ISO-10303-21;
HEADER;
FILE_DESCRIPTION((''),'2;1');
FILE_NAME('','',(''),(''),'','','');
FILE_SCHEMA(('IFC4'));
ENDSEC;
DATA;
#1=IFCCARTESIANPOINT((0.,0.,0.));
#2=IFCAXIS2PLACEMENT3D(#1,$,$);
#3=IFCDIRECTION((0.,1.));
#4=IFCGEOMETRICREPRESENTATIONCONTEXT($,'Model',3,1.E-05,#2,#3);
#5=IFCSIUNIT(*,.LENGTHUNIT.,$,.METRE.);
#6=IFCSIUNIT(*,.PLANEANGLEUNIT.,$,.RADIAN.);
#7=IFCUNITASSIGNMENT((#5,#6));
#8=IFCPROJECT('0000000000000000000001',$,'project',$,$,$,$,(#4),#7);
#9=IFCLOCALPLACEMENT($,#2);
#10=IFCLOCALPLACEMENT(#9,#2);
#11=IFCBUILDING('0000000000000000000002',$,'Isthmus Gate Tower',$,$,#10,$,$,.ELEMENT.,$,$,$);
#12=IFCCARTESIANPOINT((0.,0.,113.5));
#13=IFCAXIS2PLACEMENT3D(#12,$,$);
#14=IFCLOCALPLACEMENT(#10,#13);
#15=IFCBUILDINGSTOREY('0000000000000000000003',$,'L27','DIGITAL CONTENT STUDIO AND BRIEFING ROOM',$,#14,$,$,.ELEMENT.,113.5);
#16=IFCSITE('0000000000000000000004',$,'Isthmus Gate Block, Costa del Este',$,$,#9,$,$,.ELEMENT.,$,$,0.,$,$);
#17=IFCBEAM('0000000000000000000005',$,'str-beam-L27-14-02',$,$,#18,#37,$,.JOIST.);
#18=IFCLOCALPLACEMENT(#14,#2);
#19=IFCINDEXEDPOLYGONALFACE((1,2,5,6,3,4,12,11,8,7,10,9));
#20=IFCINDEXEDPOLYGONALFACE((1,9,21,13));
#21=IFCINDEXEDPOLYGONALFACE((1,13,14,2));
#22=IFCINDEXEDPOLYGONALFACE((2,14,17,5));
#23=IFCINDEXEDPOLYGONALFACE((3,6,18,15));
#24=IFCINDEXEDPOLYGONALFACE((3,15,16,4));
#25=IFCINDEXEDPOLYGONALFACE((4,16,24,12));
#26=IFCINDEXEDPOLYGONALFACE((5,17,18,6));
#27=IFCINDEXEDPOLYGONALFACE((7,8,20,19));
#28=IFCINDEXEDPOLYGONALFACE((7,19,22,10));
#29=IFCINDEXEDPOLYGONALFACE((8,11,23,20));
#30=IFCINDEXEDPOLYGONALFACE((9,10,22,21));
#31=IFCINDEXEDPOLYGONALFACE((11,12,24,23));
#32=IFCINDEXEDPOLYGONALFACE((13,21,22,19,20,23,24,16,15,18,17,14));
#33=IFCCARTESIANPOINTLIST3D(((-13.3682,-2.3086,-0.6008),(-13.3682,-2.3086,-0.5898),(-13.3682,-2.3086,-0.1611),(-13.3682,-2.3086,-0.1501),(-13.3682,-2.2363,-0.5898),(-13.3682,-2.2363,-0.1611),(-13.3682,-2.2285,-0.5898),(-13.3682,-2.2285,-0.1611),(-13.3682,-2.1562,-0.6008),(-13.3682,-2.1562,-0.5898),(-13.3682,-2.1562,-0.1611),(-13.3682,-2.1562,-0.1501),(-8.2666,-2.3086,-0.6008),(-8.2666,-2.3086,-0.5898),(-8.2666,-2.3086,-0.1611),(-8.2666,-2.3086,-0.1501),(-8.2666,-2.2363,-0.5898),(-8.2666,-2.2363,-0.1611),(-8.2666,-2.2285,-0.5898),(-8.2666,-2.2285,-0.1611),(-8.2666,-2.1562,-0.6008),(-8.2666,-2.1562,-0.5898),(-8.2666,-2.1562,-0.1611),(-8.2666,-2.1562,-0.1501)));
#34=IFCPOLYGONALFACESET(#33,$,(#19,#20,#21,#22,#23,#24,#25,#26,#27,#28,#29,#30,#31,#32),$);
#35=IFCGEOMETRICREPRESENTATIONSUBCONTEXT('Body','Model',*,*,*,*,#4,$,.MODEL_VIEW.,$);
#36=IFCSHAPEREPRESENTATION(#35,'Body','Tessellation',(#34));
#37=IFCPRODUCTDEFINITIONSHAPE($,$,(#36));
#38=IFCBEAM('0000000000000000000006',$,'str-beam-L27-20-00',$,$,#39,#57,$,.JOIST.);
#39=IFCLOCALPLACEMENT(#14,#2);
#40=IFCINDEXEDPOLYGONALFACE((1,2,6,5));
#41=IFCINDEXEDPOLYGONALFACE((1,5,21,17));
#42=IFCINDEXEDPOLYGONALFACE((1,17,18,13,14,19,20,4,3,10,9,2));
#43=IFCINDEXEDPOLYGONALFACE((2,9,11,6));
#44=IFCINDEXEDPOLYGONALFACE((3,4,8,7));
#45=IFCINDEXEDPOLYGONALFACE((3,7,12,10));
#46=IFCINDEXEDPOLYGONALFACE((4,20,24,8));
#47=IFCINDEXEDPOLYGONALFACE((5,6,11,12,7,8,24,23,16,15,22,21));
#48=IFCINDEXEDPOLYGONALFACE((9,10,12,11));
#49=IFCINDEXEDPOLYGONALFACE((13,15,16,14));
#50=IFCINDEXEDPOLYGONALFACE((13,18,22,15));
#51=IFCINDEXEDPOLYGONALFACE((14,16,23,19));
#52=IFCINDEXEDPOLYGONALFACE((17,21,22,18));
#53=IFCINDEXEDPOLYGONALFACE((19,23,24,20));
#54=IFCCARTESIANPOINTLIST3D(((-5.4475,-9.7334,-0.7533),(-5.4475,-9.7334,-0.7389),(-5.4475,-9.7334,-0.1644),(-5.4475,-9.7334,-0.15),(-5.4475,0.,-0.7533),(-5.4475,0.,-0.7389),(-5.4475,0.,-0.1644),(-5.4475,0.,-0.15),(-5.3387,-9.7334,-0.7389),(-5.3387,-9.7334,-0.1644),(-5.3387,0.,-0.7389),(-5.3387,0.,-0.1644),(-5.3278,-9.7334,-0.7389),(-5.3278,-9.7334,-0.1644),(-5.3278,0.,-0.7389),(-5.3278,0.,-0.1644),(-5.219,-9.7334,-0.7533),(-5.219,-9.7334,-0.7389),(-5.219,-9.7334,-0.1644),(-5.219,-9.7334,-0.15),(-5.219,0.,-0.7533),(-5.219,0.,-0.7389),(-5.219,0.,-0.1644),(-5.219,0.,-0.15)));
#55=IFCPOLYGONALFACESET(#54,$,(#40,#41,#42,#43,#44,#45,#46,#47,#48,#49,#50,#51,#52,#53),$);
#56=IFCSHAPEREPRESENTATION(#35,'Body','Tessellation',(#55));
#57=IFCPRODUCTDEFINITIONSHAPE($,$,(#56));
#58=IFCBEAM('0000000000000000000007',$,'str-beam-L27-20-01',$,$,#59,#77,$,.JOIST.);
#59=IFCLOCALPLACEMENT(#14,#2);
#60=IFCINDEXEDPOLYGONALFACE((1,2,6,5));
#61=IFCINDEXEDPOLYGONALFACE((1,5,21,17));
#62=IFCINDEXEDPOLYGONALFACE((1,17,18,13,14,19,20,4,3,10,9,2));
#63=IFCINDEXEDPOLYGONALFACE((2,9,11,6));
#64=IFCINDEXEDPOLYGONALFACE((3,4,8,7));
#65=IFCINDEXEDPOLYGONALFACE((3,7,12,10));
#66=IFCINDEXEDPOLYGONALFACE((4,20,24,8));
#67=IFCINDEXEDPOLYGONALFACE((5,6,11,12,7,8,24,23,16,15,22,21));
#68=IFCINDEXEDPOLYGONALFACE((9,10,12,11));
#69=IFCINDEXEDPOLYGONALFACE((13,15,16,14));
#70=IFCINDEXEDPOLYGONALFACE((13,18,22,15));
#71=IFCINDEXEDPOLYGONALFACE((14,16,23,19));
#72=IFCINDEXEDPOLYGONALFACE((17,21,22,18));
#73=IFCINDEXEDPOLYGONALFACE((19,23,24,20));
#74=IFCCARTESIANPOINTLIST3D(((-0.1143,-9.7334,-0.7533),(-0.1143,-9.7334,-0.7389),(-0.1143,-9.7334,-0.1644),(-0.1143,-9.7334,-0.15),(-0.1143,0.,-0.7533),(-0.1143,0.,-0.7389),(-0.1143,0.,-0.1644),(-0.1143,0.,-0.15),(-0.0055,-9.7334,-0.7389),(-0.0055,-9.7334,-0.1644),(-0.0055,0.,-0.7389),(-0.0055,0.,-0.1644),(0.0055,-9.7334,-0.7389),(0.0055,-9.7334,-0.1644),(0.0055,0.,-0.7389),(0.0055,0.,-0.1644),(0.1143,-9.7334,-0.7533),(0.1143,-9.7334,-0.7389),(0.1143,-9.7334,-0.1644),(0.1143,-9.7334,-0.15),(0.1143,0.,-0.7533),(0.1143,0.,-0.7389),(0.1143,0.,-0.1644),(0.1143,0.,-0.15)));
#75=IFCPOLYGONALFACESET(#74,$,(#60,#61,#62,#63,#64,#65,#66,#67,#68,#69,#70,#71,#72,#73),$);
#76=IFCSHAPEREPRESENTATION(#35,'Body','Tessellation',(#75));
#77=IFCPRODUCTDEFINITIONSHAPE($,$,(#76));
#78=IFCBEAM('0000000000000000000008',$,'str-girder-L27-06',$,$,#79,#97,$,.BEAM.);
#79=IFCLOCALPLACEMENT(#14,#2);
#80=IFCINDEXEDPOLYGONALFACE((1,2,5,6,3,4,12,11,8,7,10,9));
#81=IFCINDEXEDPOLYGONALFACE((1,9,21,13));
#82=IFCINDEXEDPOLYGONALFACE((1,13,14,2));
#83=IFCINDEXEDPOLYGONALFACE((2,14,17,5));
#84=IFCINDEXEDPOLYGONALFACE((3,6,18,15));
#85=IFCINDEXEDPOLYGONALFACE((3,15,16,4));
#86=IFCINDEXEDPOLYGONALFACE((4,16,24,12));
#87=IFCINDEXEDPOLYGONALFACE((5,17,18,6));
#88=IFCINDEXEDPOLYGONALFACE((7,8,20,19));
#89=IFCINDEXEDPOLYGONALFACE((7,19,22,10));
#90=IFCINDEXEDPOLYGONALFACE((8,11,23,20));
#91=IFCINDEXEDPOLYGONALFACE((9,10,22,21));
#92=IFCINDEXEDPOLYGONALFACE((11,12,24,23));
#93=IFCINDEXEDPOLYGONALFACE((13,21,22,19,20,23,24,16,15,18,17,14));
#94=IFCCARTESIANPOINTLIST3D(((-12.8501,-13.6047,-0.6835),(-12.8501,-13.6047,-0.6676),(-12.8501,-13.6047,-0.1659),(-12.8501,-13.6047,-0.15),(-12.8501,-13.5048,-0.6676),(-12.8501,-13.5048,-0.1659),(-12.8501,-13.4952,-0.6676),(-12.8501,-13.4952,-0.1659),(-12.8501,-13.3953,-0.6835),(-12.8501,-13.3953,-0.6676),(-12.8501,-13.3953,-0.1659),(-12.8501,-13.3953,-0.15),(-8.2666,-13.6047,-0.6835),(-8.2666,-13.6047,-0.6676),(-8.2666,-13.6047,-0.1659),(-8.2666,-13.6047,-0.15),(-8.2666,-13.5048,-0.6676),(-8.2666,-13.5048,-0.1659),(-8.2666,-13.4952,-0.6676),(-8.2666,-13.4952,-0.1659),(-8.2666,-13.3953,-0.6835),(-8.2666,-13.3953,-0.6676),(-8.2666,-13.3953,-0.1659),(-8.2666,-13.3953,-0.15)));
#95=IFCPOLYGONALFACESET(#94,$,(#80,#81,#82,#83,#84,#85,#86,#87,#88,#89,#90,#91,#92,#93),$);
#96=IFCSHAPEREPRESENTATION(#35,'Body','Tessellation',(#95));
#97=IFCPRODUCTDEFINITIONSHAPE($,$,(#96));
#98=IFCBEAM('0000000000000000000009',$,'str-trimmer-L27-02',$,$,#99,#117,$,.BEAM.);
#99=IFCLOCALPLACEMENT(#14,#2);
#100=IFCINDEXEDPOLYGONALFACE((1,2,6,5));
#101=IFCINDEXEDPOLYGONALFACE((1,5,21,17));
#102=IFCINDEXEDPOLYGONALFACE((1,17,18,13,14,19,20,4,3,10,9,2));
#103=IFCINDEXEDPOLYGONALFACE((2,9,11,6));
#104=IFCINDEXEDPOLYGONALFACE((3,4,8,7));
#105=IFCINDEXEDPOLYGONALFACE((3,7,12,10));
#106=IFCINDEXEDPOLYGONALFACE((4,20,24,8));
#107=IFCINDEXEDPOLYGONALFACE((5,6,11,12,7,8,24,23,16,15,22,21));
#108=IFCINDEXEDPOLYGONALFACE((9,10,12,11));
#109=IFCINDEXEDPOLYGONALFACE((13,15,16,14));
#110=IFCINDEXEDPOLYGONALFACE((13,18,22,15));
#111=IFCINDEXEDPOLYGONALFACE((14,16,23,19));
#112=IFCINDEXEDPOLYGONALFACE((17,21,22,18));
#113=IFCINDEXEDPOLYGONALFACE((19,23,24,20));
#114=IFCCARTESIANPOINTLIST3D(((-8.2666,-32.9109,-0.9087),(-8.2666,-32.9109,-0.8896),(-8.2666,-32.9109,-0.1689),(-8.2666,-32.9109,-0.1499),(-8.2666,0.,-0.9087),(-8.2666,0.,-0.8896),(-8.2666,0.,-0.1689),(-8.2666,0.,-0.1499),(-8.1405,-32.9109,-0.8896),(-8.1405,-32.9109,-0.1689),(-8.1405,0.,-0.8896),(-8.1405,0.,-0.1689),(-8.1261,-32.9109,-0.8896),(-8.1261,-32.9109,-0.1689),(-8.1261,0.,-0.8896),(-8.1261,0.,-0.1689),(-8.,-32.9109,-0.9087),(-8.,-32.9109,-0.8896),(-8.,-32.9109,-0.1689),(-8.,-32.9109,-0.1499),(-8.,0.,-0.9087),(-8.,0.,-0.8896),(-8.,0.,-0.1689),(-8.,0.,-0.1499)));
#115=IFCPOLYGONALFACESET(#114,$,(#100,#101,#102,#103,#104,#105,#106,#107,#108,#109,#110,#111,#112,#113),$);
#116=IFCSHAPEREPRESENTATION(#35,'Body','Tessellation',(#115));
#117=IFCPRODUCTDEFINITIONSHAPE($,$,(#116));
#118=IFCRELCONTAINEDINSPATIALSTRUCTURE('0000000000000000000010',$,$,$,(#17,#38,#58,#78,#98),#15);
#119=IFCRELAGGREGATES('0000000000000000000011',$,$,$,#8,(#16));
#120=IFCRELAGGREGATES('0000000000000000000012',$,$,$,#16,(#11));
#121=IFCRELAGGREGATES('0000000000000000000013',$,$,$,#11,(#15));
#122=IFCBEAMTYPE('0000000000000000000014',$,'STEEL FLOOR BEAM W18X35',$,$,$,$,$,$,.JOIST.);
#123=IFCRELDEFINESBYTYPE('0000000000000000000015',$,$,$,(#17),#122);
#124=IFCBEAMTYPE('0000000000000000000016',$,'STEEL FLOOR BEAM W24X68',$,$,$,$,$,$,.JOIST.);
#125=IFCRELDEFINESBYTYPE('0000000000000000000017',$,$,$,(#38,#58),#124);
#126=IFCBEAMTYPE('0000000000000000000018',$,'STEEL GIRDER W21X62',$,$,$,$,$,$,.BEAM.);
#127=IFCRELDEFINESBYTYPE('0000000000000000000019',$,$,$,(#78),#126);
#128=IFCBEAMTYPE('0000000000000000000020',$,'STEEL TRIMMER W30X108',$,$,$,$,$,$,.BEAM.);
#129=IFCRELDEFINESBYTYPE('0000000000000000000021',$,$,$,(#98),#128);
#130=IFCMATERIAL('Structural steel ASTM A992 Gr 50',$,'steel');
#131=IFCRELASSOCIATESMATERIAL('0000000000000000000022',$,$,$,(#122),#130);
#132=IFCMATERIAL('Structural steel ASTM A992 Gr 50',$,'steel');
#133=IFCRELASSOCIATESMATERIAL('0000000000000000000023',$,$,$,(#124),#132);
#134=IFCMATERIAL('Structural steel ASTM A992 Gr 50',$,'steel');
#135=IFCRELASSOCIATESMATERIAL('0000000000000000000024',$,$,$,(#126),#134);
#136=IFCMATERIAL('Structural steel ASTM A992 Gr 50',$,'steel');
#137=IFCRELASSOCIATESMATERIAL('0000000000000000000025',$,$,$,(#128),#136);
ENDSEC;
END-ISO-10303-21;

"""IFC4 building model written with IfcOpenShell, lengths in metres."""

from ifc_helpers import new_model, si_unit, direction, frame, origin, origin_2d, place, context, subcontext, project, spatial, i_section, extrude, material, material_profile, profile_set, type_object, element, save


model = new_model("IFC4")

# Units and contexts
model_context = context("Model", 3, precision=1e-05, world=origin(), true_north=direction((0.0, 1.0)))
body_context = subcontext(model_context, "Body", "Model", "MODEL_VIEW")
ifc_project = project(units=[si_unit("LENGTHUNIT", "METRE"), si_unit("PLANEANGLEUNIT", "RADIAN")], contexts=[model_context])

# Site, building, storey
site_placement = place(None, origin())
site = spatial("IfcSite", under=ifc_project, at=site_placement, Name="Isthmus Gate Block, Costa del Este", CompositionType="ELEMENT", RefElevation=0.0)
building_placement = place(site_placement, origin())
building = spatial("IfcBuilding", under=site, at=building_placement, Name="Isthmus Gate Tower", CompositionType="ELEMENT")
storey_placement = place(building_placement, frame((0.0, 0.0, 113.5)))
storey = spatial("IfcBuildingStorey", under=building, at=storey_placement, Name="L27", Description="DIGITAL CONTENT STUDIO AND BRIEFING ROOM", CompositionType="ELEMENT", Elevation=113.5)

# Beams
ifc_material_1 = material(Name="Structural steel ASTM A992 Gr 50", Category="steel")
ifc_material_profile_1 = material_profile(ifc_material_1, i_section(OverallWidth=0.1523, OverallDepth=0.4507, WebThickness=0.0078, FlangeThickness=0.011, at=origin_2d()), Name="W18X35")
ifc_profile_set_1 = profile_set([ifc_material_profile_1], Name="Structural steel ASTM A992 Gr 50")
beam_type_1 = type_object("IfcBeamType", Name="STEEL FLOOR BEAM W18X35", PredefinedType="JOIST", material=ifc_profile_set_1)
beam_1_placement = place(storey_placement, frame((-13.3682, -2.2324, -0.3755), z_axis=(1.0, 0.0, 0.0), x_axis=(0.0, 1.0, 0.0)))
element("IfcBeam", 1, at=beam_1_placement, inside=storey, type_object=beam_type_1, Name="str-beam-L27-14-02", PredefinedType="JOIST", context=body_context, shape_type="SweptSolid", body=[
    extrude(i_section(OverallWidth=0.1523, OverallDepth=0.4507, WebThickness=0.0078, FlangeThickness=0.011, at=origin_2d()), origin(), (0.0, 0.0, 1.0), 5.1016),
])
ifc_material_2 = material(Name="Structural steel ASTM A992 Gr 50", Category="steel")
ifc_material_profile_2 = material_profile(ifc_material_2, i_section(OverallWidth=0.2285, OverallDepth=0.6033, WebThickness=0.011, FlangeThickness=0.0144, at=origin_2d()), Name="W24X68")
ifc_profile_set_2 = profile_set([ifc_material_profile_2], Name="Structural steel ASTM A992 Gr 50")
beam_type_2 = type_object("IfcBeamType", Name="STEEL FLOOR BEAM W24X68", PredefinedType="JOIST", material=ifc_profile_set_2)
for number, where, z_axis, x_axis, name in (
    (2, (-5.3333, -9.7334, -0.4517), (0.0, 1.0, 0.0), (-1.0, 0.0, 0.0), "str-beam-L27-20-00"),
    (3, (0.0, -9.7334, -0.4517), (0.0, 1.0, 0.0), (-1.0, 0.0, 0.0), "str-beam-L27-20-01"),
):
    element("IfcBeam", number, at=place(storey_placement, frame(where, z_axis=z_axis, x_axis=x_axis)), inside=storey, type_object=beam_type_2, Name=name, PredefinedType="JOIST", context=body_context, shape_type="SweptSolid", body=[
        extrude(i_section(OverallWidth=0.2285, OverallDepth=0.6033, WebThickness=0.011, FlangeThickness=0.0144, at=origin_2d()), origin(), (0.0, 0.0, 1.0), 9.7334),
    ])
ifc_material_3 = material(Name="Structural steel ASTM A992 Gr 50", Category="steel")
ifc_material_profile_3 = material_profile(ifc_material_3, i_section(OverallWidth=0.2095, OverallDepth=0.5334, WebThickness=0.0095, FlangeThickness=0.0159, at=origin_2d()), Name="W21X62")
ifc_profile_set_3 = profile_set([ifc_material_profile_3], Name="Structural steel ASTM A992 Gr 50")
beam_type_3 = type_object("IfcBeamType", Name="STEEL GIRDER W21X62", PredefinedType="BEAM", material=ifc_profile_set_3)
beam_2_placement = place(storey_placement, frame((-12.8501, -13.5, -0.4167), z_axis=(1.0, 0.0, 0.0), x_axis=(0.0, 1.0, 0.0)))
element("IfcBeam", 4, at=beam_2_placement, inside=storey, type_object=beam_type_3, Name="str-girder-L27-06", PredefinedType="BEAM", context=body_context, shape_type="SweptSolid", body=[
    extrude(i_section(OverallWidth=0.2095, OverallDepth=0.5334, WebThickness=0.0095, FlangeThickness=0.0159, at=origin_2d()), origin(), (0.0, 0.0, 1.0), 4.5835),
])
ifc_material_4 = material(Name="Structural steel ASTM A992 Gr 50", Category="steel")
ifc_material_profile_4 = material_profile(ifc_material_4, i_section(OverallWidth=0.2666, OverallDepth=0.7588, WebThickness=0.0144, FlangeThickness=0.019, at=origin_2d()), Name="W30X108")
ifc_profile_set_4 = profile_set([ifc_material_profile_4], Name="Structural steel ASTM A992 Gr 50")
beam_type_4 = type_object("IfcBeamType", Name="STEEL TRIMMER W30X108", PredefinedType="BEAM", material=ifc_profile_set_4)
beam_3_placement = place(storey_placement, frame((-8.1333, 0.0, -0.5293), z_axis=(0.0, -1.0, 0.0), x_axis=(1.0, 0.0, 0.0)))
element("IfcBeam", 5, at=beam_3_placement, inside=storey, type_object=beam_type_4, Name="str-trimmer-L27-02", PredefinedType="BEAM", context=body_context, shape_type="SweptSolid", body=[
    extrude(i_section(OverallWidth=0.2666, OverallDepth=0.7588, WebThickness=0.0144, FlangeThickness=0.019, at=origin_2d()), origin(), (0.0, 0.0, 1.0), 32.9109),
])

save(model, "model.ifc")
